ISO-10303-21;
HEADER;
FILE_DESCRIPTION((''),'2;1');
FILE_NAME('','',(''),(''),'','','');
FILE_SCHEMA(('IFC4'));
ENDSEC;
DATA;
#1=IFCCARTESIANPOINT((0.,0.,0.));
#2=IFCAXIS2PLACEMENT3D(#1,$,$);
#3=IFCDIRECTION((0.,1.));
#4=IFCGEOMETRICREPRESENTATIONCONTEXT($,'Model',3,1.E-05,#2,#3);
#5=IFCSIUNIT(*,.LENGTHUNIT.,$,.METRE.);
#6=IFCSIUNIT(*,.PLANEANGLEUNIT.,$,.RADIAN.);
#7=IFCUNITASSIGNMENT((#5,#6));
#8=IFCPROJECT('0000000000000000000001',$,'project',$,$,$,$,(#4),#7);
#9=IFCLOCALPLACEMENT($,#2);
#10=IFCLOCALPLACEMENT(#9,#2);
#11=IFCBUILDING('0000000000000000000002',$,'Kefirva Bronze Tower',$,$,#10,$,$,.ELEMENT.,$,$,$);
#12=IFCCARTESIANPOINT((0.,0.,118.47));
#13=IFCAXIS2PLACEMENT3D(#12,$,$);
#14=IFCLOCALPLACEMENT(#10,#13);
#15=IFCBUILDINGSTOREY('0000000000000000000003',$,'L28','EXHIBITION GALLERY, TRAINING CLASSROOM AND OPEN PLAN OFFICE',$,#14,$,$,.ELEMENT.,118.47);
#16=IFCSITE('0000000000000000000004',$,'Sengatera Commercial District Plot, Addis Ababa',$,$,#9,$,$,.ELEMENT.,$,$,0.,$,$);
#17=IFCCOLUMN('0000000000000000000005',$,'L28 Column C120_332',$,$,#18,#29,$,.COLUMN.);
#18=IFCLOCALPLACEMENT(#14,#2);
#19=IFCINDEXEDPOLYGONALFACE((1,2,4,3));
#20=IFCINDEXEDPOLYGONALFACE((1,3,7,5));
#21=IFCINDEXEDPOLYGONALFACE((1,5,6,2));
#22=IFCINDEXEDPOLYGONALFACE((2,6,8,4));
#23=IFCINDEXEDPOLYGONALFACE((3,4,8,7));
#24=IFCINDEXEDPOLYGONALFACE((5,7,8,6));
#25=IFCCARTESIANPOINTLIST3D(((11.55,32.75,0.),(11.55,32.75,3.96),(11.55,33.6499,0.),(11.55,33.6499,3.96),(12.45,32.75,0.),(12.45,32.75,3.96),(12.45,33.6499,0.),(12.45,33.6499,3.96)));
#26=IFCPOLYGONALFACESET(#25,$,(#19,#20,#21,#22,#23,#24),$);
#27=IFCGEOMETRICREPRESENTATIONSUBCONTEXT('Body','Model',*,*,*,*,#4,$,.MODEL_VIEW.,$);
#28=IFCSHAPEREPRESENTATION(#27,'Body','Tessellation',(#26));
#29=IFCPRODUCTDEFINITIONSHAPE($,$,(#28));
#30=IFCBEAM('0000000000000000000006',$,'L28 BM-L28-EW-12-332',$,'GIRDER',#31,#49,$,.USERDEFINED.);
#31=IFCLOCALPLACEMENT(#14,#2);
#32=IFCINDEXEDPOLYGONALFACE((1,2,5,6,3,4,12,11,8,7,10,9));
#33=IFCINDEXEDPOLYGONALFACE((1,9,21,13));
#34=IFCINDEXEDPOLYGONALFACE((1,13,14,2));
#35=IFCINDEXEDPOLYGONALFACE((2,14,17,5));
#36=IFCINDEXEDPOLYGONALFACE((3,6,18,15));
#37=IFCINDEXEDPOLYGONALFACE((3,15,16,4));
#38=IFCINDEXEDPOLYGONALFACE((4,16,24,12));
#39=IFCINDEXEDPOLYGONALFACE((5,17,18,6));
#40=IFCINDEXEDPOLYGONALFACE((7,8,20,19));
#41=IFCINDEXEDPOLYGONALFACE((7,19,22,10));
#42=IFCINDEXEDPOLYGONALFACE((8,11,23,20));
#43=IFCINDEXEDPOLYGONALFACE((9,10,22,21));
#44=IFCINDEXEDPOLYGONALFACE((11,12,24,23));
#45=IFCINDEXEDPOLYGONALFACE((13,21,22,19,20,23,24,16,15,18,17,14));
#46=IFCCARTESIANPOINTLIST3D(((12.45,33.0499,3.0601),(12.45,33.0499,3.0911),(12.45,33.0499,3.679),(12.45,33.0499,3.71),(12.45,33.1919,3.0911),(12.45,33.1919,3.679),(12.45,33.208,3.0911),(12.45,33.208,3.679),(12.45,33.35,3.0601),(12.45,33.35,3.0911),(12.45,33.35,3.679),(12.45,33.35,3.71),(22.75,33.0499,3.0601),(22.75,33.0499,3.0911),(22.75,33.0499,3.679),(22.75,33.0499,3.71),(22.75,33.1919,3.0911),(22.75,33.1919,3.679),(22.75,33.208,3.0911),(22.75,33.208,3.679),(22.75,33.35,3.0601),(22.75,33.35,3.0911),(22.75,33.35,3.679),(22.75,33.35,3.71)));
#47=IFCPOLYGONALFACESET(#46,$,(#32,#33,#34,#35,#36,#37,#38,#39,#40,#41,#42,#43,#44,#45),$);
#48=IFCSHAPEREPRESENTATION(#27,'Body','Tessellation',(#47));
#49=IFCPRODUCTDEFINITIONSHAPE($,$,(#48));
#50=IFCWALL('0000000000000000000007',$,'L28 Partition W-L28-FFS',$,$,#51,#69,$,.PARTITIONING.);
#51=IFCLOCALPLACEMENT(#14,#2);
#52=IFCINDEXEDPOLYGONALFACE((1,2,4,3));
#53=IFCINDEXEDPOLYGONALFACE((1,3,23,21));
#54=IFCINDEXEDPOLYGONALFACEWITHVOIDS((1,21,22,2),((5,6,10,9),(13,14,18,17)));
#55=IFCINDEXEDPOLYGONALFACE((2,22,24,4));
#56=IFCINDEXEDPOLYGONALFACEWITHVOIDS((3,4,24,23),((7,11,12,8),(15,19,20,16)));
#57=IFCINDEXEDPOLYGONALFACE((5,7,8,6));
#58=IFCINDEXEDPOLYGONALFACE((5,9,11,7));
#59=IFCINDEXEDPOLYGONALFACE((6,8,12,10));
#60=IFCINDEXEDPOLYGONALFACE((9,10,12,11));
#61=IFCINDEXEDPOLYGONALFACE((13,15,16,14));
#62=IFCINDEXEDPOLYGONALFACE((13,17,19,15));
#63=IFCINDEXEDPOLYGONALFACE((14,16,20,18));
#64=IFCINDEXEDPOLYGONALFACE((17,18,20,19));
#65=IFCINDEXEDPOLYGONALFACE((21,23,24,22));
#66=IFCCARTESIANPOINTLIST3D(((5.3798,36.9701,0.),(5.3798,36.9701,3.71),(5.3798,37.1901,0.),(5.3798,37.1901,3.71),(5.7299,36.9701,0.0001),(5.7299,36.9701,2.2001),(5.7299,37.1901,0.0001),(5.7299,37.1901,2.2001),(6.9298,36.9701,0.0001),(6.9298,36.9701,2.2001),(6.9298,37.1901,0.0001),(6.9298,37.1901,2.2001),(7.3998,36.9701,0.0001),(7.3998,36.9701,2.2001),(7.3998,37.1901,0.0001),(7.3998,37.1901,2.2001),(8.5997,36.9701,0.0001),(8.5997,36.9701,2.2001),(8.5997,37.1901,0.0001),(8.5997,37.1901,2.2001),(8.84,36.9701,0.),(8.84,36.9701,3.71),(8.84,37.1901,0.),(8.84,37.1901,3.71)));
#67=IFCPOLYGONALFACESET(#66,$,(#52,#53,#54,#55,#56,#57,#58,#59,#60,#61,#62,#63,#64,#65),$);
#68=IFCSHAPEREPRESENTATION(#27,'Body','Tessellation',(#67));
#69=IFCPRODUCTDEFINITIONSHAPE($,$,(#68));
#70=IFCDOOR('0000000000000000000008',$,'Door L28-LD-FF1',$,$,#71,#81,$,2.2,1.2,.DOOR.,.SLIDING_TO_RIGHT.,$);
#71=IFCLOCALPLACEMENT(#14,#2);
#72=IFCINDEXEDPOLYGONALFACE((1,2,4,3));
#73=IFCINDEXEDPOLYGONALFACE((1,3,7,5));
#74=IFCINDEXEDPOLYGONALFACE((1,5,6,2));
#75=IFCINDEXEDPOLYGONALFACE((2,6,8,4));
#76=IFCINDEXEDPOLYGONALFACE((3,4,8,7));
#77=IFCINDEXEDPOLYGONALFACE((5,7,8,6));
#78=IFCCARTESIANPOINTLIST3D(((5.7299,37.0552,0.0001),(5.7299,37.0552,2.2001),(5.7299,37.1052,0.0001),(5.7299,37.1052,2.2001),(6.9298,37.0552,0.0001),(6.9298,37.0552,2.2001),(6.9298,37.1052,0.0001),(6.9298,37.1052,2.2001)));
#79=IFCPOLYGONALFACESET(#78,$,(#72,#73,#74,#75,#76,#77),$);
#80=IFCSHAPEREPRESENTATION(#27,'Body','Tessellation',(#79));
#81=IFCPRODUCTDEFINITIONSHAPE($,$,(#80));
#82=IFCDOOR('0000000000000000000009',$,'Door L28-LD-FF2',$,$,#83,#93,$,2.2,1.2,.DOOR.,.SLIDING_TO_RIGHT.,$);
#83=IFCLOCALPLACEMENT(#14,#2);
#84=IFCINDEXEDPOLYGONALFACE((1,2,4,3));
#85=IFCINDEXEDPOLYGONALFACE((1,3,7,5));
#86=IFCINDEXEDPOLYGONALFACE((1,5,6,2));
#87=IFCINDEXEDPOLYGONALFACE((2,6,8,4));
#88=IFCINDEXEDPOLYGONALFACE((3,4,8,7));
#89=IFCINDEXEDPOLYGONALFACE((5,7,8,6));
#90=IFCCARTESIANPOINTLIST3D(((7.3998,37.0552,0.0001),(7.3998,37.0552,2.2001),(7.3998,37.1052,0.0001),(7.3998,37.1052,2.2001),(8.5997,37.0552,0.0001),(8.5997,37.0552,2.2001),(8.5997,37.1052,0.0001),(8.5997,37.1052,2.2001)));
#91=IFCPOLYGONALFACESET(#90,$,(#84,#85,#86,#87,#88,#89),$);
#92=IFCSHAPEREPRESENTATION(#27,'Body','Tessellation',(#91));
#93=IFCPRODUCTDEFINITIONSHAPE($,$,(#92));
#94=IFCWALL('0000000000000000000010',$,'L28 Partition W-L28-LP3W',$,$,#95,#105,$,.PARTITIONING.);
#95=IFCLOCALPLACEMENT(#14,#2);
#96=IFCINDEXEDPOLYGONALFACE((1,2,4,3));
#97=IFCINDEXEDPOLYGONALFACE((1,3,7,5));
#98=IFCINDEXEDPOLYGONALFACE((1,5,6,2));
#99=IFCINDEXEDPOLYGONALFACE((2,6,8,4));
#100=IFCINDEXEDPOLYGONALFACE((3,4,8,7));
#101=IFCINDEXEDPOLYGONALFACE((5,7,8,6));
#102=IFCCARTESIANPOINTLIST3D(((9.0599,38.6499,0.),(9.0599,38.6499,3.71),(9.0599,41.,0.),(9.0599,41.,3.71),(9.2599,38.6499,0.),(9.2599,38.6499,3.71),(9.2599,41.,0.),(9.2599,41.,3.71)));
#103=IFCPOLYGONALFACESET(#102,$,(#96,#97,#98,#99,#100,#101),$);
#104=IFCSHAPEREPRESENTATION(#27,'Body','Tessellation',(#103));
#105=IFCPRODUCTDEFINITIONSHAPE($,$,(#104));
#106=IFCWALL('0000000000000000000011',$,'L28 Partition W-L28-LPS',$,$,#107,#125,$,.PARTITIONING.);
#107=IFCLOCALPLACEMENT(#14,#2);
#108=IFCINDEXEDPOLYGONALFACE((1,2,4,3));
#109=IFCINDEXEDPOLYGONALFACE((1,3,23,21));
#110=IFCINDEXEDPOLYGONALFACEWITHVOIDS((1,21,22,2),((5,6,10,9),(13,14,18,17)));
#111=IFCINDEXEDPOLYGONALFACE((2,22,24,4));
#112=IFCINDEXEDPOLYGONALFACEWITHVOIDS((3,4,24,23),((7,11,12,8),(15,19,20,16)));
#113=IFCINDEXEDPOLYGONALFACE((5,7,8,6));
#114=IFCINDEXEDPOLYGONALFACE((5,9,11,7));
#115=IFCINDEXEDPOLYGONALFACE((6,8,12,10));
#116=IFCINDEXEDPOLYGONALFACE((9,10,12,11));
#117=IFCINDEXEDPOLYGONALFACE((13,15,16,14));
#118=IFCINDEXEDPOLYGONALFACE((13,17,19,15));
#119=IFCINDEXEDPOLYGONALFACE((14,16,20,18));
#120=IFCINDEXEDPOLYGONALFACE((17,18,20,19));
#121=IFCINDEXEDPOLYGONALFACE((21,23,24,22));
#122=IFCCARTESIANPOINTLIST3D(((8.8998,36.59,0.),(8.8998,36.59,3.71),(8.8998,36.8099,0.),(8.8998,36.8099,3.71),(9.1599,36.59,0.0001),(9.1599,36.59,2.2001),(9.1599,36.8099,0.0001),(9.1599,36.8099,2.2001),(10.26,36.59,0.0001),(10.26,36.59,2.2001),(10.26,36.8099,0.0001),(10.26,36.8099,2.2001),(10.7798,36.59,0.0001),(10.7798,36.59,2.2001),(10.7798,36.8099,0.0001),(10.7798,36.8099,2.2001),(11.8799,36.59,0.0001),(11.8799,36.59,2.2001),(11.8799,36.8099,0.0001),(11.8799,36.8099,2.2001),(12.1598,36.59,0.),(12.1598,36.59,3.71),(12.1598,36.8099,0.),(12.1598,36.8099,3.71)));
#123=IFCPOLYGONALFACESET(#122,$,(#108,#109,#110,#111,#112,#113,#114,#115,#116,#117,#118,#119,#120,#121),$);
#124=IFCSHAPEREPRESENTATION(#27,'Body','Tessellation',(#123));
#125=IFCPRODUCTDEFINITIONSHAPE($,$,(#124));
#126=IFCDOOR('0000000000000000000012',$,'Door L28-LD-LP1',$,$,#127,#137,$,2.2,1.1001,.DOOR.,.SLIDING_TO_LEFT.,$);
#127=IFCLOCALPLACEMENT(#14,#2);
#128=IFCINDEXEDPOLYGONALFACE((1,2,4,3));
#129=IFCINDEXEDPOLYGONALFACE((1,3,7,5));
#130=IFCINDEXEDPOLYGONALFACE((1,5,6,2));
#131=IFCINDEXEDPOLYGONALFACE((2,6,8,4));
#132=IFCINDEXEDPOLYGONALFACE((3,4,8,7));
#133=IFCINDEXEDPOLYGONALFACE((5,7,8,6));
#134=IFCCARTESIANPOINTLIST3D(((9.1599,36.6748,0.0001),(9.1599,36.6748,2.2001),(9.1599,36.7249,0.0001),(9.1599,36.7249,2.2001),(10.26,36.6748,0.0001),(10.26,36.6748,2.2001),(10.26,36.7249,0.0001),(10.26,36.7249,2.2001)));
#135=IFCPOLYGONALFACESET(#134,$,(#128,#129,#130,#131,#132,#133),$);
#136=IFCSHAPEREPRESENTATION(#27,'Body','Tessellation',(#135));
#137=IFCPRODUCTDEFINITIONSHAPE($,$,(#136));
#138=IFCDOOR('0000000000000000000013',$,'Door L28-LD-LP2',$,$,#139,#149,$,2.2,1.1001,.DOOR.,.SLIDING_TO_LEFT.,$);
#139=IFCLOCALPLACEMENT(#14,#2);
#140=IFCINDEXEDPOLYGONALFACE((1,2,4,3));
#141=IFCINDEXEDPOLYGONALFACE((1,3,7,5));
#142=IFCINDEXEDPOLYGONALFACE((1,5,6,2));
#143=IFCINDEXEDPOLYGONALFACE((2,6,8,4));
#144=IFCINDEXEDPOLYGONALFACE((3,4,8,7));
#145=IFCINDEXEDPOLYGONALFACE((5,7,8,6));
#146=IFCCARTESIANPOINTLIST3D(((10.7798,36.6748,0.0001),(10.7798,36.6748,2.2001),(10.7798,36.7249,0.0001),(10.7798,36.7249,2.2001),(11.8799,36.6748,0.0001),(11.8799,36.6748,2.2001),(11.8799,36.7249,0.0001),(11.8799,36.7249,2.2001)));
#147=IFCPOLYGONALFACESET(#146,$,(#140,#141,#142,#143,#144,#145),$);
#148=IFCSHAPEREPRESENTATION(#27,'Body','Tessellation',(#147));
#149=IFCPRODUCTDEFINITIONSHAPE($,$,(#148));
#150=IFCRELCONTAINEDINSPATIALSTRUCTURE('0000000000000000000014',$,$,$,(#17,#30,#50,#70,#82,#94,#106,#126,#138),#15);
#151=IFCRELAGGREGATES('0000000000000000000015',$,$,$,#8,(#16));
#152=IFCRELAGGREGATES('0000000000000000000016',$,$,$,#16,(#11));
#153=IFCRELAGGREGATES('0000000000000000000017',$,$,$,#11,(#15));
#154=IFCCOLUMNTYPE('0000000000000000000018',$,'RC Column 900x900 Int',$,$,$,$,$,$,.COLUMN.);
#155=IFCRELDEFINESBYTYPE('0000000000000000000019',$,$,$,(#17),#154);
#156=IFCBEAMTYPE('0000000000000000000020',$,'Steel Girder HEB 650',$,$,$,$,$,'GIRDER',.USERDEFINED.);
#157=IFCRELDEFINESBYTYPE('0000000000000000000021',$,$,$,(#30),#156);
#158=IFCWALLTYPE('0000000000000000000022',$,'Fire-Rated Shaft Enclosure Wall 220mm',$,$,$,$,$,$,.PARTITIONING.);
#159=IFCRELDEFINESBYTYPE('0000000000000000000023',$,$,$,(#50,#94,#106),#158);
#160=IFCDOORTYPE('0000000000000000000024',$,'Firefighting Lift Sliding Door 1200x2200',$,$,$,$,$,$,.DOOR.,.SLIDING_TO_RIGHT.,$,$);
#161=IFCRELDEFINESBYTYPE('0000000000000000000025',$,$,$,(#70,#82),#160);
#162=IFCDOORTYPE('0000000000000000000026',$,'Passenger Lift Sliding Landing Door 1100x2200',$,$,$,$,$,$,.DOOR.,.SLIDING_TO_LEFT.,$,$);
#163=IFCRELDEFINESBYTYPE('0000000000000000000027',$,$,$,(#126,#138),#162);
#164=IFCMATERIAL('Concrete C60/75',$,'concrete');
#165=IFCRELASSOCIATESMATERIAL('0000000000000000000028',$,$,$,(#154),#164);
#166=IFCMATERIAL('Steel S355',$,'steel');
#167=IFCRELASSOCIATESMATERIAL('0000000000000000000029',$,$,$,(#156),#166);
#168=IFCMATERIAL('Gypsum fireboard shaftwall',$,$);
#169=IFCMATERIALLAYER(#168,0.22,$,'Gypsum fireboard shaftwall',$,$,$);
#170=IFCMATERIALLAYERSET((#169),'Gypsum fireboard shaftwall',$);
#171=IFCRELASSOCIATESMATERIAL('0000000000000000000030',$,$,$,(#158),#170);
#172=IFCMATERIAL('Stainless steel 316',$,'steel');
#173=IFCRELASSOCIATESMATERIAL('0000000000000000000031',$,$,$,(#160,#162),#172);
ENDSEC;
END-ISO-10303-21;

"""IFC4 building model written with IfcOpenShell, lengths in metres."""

from ifc_helpers import new_model, si_unit, direction, frame, frame_2d, origin, origin_2d, place, context, subcontext, project, spatial, rectangle, i_section, extrude, material, layer, layer_set, material_profile, profile_set, type_object, element, fill, save


model = new_model("IFC4")

# Units and contexts
model_context = context("Model", 3, precision=1e-05, world=origin(), true_north=direction((0.0, 1.0)))
body_context = subcontext(model_context, "Body", "Model", "MODEL_VIEW")
ifc_project = project(units=[si_unit("LENGTHUNIT", "METRE"), si_unit("PLANEANGLEUNIT", "RADIAN")], contexts=[model_context])

# Site, building, storey
site_placement = place(None, origin())
site = spatial("IfcSite", under=ifc_project, at=site_placement, Name="Sengatera Commercial District Plot, Addis Ababa", CompositionType="ELEMENT", RefElevation=0.0)
building_placement = place(site_placement, origin())
building = spatial("IfcBuilding", under=site, at=building_placement, Name="Kefirva Bronze Tower", CompositionType="ELEMENT")
storey_placement = place(building_placement, frame((0.0, 0.0, 118.47)))
storey = spatial("IfcBuildingStorey", under=building, at=storey_placement, Name="L28", Description="EXHIBITION GALLERY, TRAINING CLASSROOM AND OPEN PLAN OFFICE", CompositionType="ELEMENT", Elevation=118.47)

# Column
ifc_material_1 = material(Name="Concrete C60/75", Category="concrete")
ifc_material_profile_1 = material_profile(ifc_material_1, rectangle(XDim=0.8999, YDim=0.8999, at=origin_2d()), Name="RC 900x900")
ifc_profile_set_1 = profile_set([ifc_material_profile_1], Name="Concrete C60/75")
column_type = type_object("IfcColumnType", Name="RC Column 900x900 Int", PredefinedType="COLUMN", material=ifc_profile_set_1)
column_placement = place(storey_placement, frame((12.0, 33.2, 0.0), z_axis=(0.0, 0.0, 1.0), x_axis=(1.0, 0.0, 0.0)))
element("IfcColumn", 1, at=column_placement, inside=storey, type_object=column_type, Name="L28 Column C120_332", PredefinedType="COLUMN", context=body_context, shape_type="SweptSolid", body=[
    extrude(rectangle(XDim=0.8999, YDim=0.8999, at=origin_2d()), origin(), (0.0, 0.0, 1.0), 3.96),
])

# Beam
ifc_material_2 = material(Name="Steel S355", Category="steel")
ifc_material_profile_2 = material_profile(ifc_material_2, i_section(OverallWidth=0.3, OverallDepth=0.6499, WebThickness=0.0161, FlangeThickness=0.031, at=origin_2d()), Name="HEB 650")
ifc_profile_set_2 = profile_set([ifc_material_profile_2], Name="Steel S355")
beam_type = type_object("IfcBeamType", Name="Steel Girder HEB 650", ElementType="GIRDER", PredefinedType="USERDEFINED", material=ifc_profile_set_2)
beam_placement = place(storey_placement, frame((12.45, 33.2, 3.385), z_axis=(1.0, 0.0, 0.0), x_axis=(0.0, 1.0, 0.0)))
element("IfcBeam", 2, at=beam_placement, inside=storey, type_object=beam_type, Name="L28 BM-L28-EW-12-332", ObjectType="GIRDER", PredefinedType="USERDEFINED", context=body_context, shape_type="SweptSolid", body=[
    extrude(i_section(OverallWidth=0.3, OverallDepth=0.6499, WebThickness=0.0161, FlangeThickness=0.031, at=origin_2d()), origin(), (0.0, 0.0, 1.0), 10.3),
])

# Wall, openings, doors
ifc_material_3 = material(Name="Gypsum fireboard shaftwall")
ifc_layer_1 = layer(ifc_material_3, 0.22, Name="Gypsum fireboard shaftwall")
ifc_layer_set_1 = layer_set([ifc_layer_1], Name="Gypsum fireboard shaftwall")
wall_type_1 = type_object("IfcWallType", Name="Fire-Rated Shaft Enclosure Wall 220mm", PredefinedType="PARTITIONING", material=ifc_layer_set_1)
wall_1_placement = place(storey_placement, frame((5.3799, 37.0801, 0.0), z_axis=(0.0, 0.0, 1.0), x_axis=(1.0, 0.0, 0.0)))
wall_1 = element("IfcWall", 3, at=wall_1_placement, inside=storey, type_object=wall_type_1, Name="L28 Partition W-L28-FFS", PredefinedType="PARTITIONING", context=body_context, shape_type="SweptSolid", body=[
    extrude(rectangle(XDim=3.4602, YDim=0.22, at=frame_2d((1.73, 0.0))), origin(), (0.0, 0.0, 1.0), 3.71),
])
opening_1_placement = place(wall_1_placement, frame((1.55, 0.0, 0.0), z_axis=(0.0, 0.0, 1.0), x_axis=(-1.0, 0.0, 0.0)))
opening_1 = element("IfcOpeningElement", 4, at=opening_1_placement, cuts=wall_1, PredefinedType="OPENING", context=body_context, shape_type="SweptSolid", body=[
    extrude(rectangle(XDim=1.2, YDim=2.2, at=frame_2d((0.6001, 1.1001))), frame((0.0, 0.1201, 0.0), z_axis=(0.0, -1.0, 0.0), x_axis=(1.0, 0.0, 0.0)), (0.0, 0.0, 1.0), 0.24),
])
opening_2_placement = place(wall_1_placement, frame((3.22, 0.0, 0.0), z_axis=(0.0, 0.0, 1.0), x_axis=(-1.0, 0.0, 0.0)))
opening_2 = element("IfcOpeningElement", 5, at=opening_2_placement, cuts=wall_1, PredefinedType="OPENING", context=body_context, shape_type="SweptSolid", body=[
    extrude(rectangle(XDim=1.2, YDim=2.2, at=frame_2d((0.6001, 1.1001))), frame((0.0, 0.1201, 0.0), z_axis=(0.0, -1.0, 0.0), x_axis=(1.0, 0.0, 0.0)), (0.0, 0.0, 1.0), 0.24),
])
ifc_material_4 = material(Name="Stainless steel 316", Category="steel")
door_type_1 = type_object("IfcDoorType", Name="Firefighting Lift Sliding Door 1200x2200", OperationType="SLIDING_TO_RIGHT", PredefinedType="DOOR", material=ifc_material_4)
door_1_placement = place(opening_1_placement, origin())
door_1 = element("IfcDoor", 6, at=door_1_placement, inside=storey, type_object=door_type_1, Name="Door L28-LD-FF1", OperationType="SLIDING_TO_RIGHT", OverallHeight=2.2, OverallWidth=1.2, PredefinedType="DOOR", context=body_context, shape_type="SweptSolid", body=[
    extrude(rectangle(XDim=1.2, YDim=2.2, at=frame_2d((0.6001, 1.1001))), frame((0.0, 0.0249, 0.0), z_axis=(0.0, -1.0, 0.0), x_axis=(1.0, 0.0, 0.0)), (0.0, 0.0, 1.0), 0.05),
])
fill(opening_1, door_1)
door_2_placement = place(opening_2_placement, origin())
door_2 = element("IfcDoor", 7, at=door_2_placement, inside=storey, type_object=door_type_1, Name="Door L28-LD-FF2", OperationType="SLIDING_TO_RIGHT", OverallHeight=2.2, OverallWidth=1.2, PredefinedType="DOOR", context=body_context, shape_type="SweptSolid", body=[
    extrude(rectangle(XDim=1.2, YDim=2.2, at=frame_2d((0.6001, 1.1001))), frame((0.0, 0.0249, 0.0), z_axis=(0.0, -1.0, 0.0), x_axis=(1.0, 0.0, 0.0)), (0.0, 0.0, 1.0), 0.05),
])
fill(opening_2, door_2)

# Wall
wall_2_placement = place(storey_placement, frame((9.1599, 38.6499, 0.0), z_axis=(0.0, 0.0, 1.0), x_axis=(0.0, 1.0, 0.0)))
element("IfcWall", 8, at=wall_2_placement, inside=storey, type_object=wall_type_1, Name="L28 Partition W-L28-LP3W", PredefinedType="PARTITIONING", context=body_context, shape_type="SweptSolid", body=[
    extrude(rectangle(XDim=2.3501, YDim=0.2, at=frame_2d((1.175, 0.0))), origin(), (0.0, 0.0, 1.0), 3.71),
])

# Wall, openings, doors
wall_3_placement = place(storey_placement, frame((8.8999, 36.7, 0.0), z_axis=(0.0, 0.0, 1.0), x_axis=(1.0, 0.0, 0.0)))
wall_3 = element("IfcWall", 9, at=wall_3_placement, inside=storey, type_object=wall_type_1, Name="L28 Partition W-L28-LPS", PredefinedType="PARTITIONING", context=body_context, shape_type="SweptSolid", body=[
    extrude(rectangle(XDim=3.26, YDim=0.22, at=frame_2d((1.6299, 0.0))), origin(), (0.0, 0.0, 1.0), 3.71),
])
opening_3_placement = place(wall_3_placement, frame((0.26, 0.0, 0.0)))
opening_3 = element("IfcOpeningElement", 10, at=opening_3_placement, cuts=wall_3, PredefinedType="OPENING", context=body_context, shape_type="SweptSolid", body=[
    extrude(rectangle(XDim=1.1001, YDim=2.2, at=frame_2d((0.55, 1.1001))), frame((0.0, 0.1201, 0.0), z_axis=(0.0, -1.0, 0.0), x_axis=(1.0, 0.0, 0.0)), (0.0, 0.0, 1.0), 0.24),
])
opening_4_placement = place(wall_3_placement, frame((1.8799, 0.0, 0.0)))
opening_4 = element("IfcOpeningElement", 11, at=opening_4_placement, cuts=wall_3, PredefinedType="OPENING", context=body_context, shape_type="SweptSolid", body=[
    extrude(rectangle(XDim=1.1001, YDim=2.2, at=frame_2d((0.55, 1.1001))), frame((0.0, 0.1201, 0.0), z_axis=(0.0, -1.0, 0.0), x_axis=(1.0, 0.0, 0.0)), (0.0, 0.0, 1.0), 0.24),
])
door_type_2 = type_object("IfcDoorType", Name="Passenger Lift Sliding Landing Door 1100x2200", OperationType="SLIDING_TO_LEFT", PredefinedType="DOOR", material=ifc_material_4)
door_3_placement = place(opening_3_placement, origin())
door_3 = element("IfcDoor", 12, at=door_3_placement, inside=storey, type_object=door_type_2, Name="Door L28-LD-LP1", OperationType="SLIDING_TO_LEFT", OverallHeight=2.2, OverallWidth=1.1001, PredefinedType="DOOR", context=body_context, shape_type="SweptSolid", body=[
    extrude(rectangle(XDim=1.1001, YDim=2.2, at=frame_2d((0.55, 1.1001))), frame((0.0, 0.0249, 0.0), z_axis=(0.0, -1.0, 0.0), x_axis=(1.0, 0.0, 0.0)), (0.0, 0.0, 1.0), 0.05),
])
fill(opening_3, door_3)
door_4_placement = place(opening_4_placement, origin())
door_4 = element("IfcDoor", 13, at=door_4_placement, inside=storey, type_object=door_type_2, Name="Door L28-LD-LP2", OperationType="SLIDING_TO_LEFT", OverallHeight=2.2, OverallWidth=1.1001, PredefinedType="DOOR", context=body_context, shape_type="SweptSolid", body=[
    extrude(rectangle(XDim=1.1001, YDim=2.2, at=frame_2d((0.55, 1.1001))), frame((0.0, 0.0249, 0.0), z_axis=(0.0, -1.0, 0.0), x_axis=(1.0, 0.0, 0.0)), (0.0, 0.0, 1.0), 0.05),
])
fill(opening_4, door_4)

save(model, "model.ifc")
